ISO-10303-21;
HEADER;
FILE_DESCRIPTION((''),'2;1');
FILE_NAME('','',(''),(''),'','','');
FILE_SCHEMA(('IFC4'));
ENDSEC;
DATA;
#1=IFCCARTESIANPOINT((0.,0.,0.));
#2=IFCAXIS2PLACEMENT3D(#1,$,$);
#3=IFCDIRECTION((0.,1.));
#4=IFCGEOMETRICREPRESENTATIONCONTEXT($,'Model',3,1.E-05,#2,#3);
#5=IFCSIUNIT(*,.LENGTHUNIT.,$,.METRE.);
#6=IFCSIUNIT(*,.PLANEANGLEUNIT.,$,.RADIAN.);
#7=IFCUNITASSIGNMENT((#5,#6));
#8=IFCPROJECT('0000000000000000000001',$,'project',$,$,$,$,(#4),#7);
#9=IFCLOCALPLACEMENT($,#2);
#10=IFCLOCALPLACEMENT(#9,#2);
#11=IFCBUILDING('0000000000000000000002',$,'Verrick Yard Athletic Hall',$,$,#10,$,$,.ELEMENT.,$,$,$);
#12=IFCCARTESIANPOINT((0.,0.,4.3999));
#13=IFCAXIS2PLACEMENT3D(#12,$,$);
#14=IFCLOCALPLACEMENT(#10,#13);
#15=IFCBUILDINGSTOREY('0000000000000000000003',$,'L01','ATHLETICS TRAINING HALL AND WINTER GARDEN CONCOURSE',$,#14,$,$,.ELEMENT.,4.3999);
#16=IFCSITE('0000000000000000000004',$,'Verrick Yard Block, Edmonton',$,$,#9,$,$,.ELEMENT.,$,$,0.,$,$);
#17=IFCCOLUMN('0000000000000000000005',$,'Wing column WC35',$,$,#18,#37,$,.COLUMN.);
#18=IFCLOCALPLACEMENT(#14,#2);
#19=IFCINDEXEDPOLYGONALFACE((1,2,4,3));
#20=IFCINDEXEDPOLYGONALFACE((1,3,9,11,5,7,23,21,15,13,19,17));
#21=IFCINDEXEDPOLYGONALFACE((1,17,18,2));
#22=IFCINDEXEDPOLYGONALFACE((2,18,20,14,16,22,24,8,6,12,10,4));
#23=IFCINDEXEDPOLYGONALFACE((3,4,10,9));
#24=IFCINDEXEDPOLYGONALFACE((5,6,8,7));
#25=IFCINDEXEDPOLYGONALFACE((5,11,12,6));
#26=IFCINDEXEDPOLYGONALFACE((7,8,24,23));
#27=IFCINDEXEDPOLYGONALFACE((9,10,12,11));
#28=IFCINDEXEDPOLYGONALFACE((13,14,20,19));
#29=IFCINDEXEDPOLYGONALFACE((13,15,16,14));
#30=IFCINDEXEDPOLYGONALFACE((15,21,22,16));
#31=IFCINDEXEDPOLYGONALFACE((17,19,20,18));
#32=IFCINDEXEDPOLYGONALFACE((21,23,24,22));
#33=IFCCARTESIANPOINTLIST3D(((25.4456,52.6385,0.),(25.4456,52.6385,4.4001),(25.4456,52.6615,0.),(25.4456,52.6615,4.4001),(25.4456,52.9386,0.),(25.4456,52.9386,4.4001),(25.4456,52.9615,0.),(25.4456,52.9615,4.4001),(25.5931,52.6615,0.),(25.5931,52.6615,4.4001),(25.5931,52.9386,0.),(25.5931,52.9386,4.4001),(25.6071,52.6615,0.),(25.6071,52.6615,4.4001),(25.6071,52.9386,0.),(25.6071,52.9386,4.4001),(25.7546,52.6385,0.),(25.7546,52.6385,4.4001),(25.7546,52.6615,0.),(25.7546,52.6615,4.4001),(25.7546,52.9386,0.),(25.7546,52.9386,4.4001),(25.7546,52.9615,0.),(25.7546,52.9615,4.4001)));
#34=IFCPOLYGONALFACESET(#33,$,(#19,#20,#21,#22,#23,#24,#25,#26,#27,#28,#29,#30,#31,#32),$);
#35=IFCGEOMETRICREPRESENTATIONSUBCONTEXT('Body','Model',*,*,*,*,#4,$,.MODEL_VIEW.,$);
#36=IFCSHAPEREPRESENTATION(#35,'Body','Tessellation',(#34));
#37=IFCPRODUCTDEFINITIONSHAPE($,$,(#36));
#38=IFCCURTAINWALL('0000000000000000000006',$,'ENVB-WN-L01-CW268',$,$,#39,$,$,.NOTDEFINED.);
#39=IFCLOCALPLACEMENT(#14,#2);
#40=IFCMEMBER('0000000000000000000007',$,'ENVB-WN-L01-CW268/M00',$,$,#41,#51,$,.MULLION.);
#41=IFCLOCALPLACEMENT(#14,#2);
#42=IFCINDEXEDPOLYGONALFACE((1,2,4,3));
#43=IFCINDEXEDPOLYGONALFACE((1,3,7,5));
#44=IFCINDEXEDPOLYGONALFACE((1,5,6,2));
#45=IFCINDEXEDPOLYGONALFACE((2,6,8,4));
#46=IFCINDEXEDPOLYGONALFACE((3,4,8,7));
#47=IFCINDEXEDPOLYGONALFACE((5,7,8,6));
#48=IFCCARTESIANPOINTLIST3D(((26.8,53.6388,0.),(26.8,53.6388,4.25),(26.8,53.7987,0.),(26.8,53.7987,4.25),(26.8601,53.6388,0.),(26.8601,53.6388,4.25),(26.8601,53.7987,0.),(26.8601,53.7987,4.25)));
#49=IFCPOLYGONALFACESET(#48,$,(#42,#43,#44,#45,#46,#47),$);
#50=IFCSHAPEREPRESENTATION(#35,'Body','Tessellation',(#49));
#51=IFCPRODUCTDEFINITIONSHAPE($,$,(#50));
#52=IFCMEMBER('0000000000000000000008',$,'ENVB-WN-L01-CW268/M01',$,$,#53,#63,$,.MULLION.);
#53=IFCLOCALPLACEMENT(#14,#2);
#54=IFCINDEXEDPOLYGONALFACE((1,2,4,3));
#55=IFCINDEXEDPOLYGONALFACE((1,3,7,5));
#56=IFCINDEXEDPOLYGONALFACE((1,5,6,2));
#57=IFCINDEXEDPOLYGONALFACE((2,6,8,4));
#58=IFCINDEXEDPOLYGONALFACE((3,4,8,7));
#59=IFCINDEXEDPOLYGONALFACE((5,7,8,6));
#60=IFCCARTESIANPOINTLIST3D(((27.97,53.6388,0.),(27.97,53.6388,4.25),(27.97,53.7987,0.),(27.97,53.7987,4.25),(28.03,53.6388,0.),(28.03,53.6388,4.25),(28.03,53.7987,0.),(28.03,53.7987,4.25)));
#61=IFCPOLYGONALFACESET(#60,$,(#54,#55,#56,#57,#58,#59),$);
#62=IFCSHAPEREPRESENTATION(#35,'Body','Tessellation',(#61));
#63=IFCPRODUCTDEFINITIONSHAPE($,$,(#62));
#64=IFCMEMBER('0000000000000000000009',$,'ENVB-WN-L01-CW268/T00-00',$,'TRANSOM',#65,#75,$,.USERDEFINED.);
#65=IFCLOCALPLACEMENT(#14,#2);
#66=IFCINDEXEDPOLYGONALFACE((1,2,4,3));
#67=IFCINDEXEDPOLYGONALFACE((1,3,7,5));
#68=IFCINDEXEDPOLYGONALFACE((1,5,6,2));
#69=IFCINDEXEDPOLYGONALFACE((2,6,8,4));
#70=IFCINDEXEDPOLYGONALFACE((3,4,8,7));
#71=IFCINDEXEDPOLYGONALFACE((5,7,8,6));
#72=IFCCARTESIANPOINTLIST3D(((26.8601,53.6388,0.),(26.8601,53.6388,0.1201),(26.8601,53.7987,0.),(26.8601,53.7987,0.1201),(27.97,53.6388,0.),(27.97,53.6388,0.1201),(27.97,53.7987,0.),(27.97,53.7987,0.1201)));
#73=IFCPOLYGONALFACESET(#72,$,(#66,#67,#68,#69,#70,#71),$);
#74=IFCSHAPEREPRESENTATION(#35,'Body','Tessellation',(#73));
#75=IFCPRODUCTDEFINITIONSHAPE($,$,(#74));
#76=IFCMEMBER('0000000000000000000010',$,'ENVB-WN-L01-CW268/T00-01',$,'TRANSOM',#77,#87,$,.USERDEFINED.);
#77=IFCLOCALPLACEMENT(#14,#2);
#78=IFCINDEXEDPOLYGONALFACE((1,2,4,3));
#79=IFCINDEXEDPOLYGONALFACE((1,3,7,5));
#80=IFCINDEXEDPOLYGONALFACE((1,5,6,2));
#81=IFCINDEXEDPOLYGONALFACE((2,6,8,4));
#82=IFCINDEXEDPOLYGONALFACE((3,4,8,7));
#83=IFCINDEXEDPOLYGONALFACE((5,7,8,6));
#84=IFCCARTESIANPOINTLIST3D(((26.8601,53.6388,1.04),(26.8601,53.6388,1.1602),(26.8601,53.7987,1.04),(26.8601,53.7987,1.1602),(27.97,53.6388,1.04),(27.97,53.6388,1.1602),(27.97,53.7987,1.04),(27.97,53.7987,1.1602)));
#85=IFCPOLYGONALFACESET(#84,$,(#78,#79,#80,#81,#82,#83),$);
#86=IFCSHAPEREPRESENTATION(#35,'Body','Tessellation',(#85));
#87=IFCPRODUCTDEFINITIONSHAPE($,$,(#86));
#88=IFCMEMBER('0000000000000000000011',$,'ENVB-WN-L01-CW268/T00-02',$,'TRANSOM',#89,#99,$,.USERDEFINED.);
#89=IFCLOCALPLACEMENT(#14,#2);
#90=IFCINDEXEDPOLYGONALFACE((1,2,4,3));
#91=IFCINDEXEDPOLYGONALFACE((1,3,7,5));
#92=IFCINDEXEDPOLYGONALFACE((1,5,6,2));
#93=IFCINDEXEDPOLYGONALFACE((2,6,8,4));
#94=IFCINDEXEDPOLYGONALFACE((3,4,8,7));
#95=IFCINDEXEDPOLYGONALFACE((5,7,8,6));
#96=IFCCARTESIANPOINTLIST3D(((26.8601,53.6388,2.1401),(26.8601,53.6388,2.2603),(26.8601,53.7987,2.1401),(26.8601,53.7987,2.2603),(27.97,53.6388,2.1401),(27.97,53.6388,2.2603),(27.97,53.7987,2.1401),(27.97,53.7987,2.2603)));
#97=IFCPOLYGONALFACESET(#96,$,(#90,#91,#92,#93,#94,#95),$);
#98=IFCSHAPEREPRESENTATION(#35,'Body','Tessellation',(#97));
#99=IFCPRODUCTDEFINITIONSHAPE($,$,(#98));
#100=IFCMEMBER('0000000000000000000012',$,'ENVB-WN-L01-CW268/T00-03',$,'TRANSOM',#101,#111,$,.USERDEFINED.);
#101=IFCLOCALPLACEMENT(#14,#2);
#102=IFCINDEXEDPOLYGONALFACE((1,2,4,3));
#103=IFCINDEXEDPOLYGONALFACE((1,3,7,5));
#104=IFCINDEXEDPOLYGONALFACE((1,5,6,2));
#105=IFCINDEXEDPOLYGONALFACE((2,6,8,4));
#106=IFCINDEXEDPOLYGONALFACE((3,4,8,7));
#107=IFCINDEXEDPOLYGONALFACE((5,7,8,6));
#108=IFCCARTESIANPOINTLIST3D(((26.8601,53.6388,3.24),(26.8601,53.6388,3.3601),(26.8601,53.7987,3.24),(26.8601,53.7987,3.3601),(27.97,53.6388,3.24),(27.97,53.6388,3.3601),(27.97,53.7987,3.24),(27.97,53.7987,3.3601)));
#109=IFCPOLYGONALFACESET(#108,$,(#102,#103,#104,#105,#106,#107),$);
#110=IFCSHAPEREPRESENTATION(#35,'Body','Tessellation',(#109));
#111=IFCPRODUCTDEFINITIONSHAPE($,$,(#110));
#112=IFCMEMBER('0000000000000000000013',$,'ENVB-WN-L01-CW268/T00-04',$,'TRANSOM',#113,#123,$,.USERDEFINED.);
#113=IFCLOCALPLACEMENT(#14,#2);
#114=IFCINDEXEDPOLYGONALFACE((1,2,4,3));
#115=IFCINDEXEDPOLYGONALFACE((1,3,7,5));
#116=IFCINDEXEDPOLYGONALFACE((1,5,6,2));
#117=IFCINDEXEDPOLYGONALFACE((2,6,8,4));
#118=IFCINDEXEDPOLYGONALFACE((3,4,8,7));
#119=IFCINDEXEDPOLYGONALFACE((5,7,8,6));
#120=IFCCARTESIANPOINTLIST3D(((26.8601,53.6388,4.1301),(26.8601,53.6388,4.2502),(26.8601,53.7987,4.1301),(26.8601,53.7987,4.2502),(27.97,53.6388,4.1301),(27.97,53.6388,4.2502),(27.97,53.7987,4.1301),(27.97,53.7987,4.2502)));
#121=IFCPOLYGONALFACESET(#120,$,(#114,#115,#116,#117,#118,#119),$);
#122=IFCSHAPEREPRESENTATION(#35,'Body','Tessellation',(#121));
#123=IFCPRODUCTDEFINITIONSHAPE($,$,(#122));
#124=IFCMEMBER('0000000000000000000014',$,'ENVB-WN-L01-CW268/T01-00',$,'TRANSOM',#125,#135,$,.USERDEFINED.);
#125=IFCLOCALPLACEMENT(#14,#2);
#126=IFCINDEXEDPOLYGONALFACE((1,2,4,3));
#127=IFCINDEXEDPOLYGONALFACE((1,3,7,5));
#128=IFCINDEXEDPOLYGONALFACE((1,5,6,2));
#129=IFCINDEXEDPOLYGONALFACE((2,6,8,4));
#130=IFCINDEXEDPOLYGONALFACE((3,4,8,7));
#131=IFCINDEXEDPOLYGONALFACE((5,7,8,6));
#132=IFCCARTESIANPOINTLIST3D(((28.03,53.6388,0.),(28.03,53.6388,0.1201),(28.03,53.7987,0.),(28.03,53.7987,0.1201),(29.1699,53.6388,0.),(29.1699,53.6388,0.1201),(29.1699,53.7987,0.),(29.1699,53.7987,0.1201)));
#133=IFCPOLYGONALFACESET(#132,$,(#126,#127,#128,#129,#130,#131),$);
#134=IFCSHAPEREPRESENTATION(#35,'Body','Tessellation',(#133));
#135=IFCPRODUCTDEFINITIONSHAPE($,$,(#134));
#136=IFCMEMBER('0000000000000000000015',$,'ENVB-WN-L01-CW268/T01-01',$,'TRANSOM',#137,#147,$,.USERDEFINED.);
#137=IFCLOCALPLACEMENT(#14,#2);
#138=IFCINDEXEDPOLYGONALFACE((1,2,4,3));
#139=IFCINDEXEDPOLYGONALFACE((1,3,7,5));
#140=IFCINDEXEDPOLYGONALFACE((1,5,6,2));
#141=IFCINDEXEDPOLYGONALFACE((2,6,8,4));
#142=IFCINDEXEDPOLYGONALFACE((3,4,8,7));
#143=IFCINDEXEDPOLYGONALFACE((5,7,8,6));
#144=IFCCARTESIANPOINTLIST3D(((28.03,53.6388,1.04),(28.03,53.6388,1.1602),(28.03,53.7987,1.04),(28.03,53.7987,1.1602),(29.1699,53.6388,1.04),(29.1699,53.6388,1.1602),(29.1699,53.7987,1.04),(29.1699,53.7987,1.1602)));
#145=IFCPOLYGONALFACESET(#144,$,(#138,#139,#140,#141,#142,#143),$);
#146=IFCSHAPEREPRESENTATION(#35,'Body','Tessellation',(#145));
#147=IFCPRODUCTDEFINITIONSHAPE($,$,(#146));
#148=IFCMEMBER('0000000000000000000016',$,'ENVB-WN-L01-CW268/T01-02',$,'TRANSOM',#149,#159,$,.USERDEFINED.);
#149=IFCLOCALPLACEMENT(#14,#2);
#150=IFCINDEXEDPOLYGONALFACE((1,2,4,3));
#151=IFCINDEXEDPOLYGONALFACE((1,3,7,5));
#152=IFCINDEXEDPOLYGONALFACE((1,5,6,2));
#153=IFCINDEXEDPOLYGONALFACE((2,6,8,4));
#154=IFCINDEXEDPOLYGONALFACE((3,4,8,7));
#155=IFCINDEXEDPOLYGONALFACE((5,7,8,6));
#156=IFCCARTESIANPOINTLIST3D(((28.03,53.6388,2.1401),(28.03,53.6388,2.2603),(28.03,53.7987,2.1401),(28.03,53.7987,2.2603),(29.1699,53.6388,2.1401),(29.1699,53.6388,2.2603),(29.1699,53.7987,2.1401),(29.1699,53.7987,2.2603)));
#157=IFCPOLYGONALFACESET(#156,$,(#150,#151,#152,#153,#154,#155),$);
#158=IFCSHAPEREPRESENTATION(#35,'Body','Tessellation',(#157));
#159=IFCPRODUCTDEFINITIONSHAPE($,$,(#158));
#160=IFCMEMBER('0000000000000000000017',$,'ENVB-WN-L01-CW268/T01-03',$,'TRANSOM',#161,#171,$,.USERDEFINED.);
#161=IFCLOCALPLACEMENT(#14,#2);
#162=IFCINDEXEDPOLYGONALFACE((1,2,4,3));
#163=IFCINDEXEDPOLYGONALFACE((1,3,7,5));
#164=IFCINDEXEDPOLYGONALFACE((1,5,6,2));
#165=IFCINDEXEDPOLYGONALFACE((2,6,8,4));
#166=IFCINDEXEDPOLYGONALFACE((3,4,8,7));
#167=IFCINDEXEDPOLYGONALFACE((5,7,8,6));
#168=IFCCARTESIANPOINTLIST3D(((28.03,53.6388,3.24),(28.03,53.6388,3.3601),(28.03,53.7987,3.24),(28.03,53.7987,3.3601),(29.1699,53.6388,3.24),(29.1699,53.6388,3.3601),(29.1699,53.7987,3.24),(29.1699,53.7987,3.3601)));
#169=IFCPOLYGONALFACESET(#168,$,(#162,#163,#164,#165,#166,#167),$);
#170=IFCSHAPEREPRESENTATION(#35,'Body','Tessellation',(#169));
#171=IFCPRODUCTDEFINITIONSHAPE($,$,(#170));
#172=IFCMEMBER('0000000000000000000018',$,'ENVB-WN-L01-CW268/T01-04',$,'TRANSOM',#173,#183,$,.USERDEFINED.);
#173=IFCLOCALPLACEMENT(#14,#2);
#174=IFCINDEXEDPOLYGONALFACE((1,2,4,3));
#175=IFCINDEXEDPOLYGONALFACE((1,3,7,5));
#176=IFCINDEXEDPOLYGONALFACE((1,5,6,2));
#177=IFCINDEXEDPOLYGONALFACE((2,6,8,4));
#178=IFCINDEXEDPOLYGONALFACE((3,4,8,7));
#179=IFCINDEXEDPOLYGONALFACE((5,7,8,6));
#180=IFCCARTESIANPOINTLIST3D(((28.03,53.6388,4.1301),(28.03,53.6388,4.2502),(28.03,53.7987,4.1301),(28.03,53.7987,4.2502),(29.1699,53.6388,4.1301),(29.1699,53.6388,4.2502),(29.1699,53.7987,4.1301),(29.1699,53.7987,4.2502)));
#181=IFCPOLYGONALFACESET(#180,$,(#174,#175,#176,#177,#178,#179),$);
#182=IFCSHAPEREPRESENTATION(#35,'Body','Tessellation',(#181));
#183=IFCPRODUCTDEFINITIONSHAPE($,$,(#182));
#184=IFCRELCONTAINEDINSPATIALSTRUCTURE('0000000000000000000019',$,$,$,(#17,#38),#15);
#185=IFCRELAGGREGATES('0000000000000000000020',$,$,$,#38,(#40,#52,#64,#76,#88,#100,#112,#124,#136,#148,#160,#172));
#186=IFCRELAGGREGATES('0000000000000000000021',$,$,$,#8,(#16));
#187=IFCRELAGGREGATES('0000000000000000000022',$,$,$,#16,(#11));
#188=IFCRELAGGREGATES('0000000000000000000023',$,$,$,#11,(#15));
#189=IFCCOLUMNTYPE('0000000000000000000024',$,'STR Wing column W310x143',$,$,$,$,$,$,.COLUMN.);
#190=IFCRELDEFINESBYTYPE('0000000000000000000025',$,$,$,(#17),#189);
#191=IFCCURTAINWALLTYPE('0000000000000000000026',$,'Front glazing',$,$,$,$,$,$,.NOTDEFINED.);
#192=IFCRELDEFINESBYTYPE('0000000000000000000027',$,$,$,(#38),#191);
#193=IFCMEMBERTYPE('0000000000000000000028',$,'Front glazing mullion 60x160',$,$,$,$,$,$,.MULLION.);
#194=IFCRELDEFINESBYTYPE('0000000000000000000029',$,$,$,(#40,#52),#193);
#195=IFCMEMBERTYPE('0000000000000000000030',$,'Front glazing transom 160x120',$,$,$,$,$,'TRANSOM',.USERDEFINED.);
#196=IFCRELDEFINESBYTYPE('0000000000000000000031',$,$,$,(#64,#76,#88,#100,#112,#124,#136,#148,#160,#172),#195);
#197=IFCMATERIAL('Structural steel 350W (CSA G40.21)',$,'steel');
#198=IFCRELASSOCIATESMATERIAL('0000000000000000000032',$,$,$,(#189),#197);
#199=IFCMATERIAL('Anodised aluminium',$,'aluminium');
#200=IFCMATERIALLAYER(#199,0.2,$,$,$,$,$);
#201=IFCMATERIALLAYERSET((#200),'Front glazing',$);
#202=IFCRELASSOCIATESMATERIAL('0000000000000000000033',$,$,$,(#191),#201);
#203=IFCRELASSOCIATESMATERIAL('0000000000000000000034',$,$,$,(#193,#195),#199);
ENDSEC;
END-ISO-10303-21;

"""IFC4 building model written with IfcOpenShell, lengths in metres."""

from ifc_helpers import new_model, si_unit, direction, frame, origin, origin_2d, place, context, subcontext, project, spatial, rectangle, i_section, extrude, material, layer, layer_set, material_profile, profile_set, type_object, element, aggregate, save


model = new_model("IFC4")

# Units and contexts
model_context = context("Model", 3, precision=1e-05, world=origin(), true_north=direction((0.0, 1.0)))
body_context = subcontext(model_context, "Body", "Model", "MODEL_VIEW")
ifc_project = project(units=[si_unit("LENGTHUNIT", "METRE"), si_unit("PLANEANGLEUNIT", "RADIAN")], contexts=[model_context])

# Site, building, storey
site_placement = place(None, origin())
site = spatial("IfcSite", under=ifc_project, at=site_placement, Name="Verrick Yard Block, Edmonton", CompositionType="ELEMENT", RefElevation=0.0)
building_placement = place(site_placement, origin())
building = spatial("IfcBuilding", under=site, at=building_placement, Name="Verrick Yard Athletic Hall", CompositionType="ELEMENT")
storey_placement = place(building_placement, frame((0.0, 0.0, 4.3999)))
storey = spatial("IfcBuildingStorey", under=building, at=storey_placement, Name="L01", Description="ATHLETICS TRAINING HALL AND WINTER GARDEN CONCOURSE", CompositionType="ELEMENT", Elevation=4.3999)

# Column
ifc_material_1 = material(Name="Structural steel 350W (CSA G40.21)", Category="steel")
ifc_material_profile_1 = material_profile(ifc_material_1, i_section(OverallWidth=0.3091, OverallDepth=0.323, WebThickness=0.0139, FlangeThickness=0.0229, at=origin_2d()), Name="W310x143")
ifc_profile_set_1 = profile_set([ifc_material_profile_1], Name="Structural steel 350W (CSA G40.21)")
column_type = type_object("IfcColumnType", Name="STR Wing column W310x143", PredefinedType="COLUMN", material=ifc_profile_set_1)
column_placement = place(storey_placement, frame((25.6001, 52.8, 0.0), z_axis=(0.0, 0.0, 1.0), x_axis=(1.0, 0.0, 0.0)))
element("IfcColumn", 1, at=column_placement, inside=storey, type_object=column_type, Name="Wing column WC35", PredefinedType="COLUMN", context=body_context, shape_type="SweptSolid", body=[
    extrude(i_section(OverallWidth=0.3091, OverallDepth=0.323, WebThickness=0.0139, FlangeThickness=0.0229, at=origin_2d()), origin(), (0.0, 0.0, 1.0), 4.4001),
])

# Curtain wall, members
ifc_material_2 = material(Name="Anodised aluminium", Category="aluminium")
ifc_layer_1 = layer(ifc_material_2, 0.2)
ifc_layer_set_1 = layer_set([ifc_layer_1], Name="Front glazing")
curtain_wall_type = type_object("IfcCurtainWallType", Name="Front glazing", PredefinedType="NOTDEFINED", material=ifc_layer_set_1)
curtain_wall_placement = place(storey_placement, origin())
curtain_wall = element("IfcCurtainWall", 2, at=curtain_wall_placement, inside=storey, type_object=curtain_wall_type, Name="ENVB-WN-L01-CW268", PredefinedType="NOTDEFINED")
ifc_material_profile_2 = material_profile(ifc_material_2, rectangle(XDim=0.1599, YDim=0.0601, at=origin_2d()), Name="CW mullion 60x160")
ifc_profile_set_2 = profile_set([ifc_material_profile_2], Name="Anodised aluminium")
member_type_1 = type_object("IfcMemberType", Name="Front glazing mullion 60x160", PredefinedType="MULLION", material=ifc_profile_set_2)
member_1_placement = place(storey_placement, frame((26.8301, 53.7188, 0.0), z_axis=(0.0, 0.0, 1.0), x_axis=(0.0, 1.0, 0.0)))
member_1 = element("IfcMember", 3, at=member_1_placement, type_object=member_type_1, Name="ENVB-WN-L01-CW268/M00", PredefinedType="MULLION", context=body_context, shape_type="SweptSolid", body=[
    extrude(rectangle(XDim=0.1599, YDim=0.0601, at=origin_2d()), origin(), (0.0, 0.0, 1.0), 4.25),
])
member_2_placement = place(storey_placement, frame((28.0, 53.7188, 0.0), z_axis=(0.0, 0.0, 1.0), x_axis=(0.0, 1.0, 0.0)))
member_2 = element("IfcMember", 4, at=member_2_placement, type_object=member_type_1, Name="ENVB-WN-L01-CW268/M01", PredefinedType="MULLION", context=body_context, shape_type="SweptSolid", body=[
    extrude(rectangle(XDim=0.1599, YDim=0.0601, at=origin_2d()), origin(), (0.0, 0.0, 1.0), 4.25),
])
ifc_material_profile_3 = material_profile(ifc_material_2, rectangle(XDim=0.1599, YDim=0.1201, at=origin_2d()), Name="CW transom 160x120")
ifc_profile_set_3 = profile_set([ifc_material_profile_3], Name="Anodised aluminium")
member_type_2 = type_object("IfcMemberType", Name="Front glazing transom 160x120", ElementType="TRANSOM", PredefinedType="USERDEFINED", material=ifc_profile_set_3)
member_3_placement = place(storey_placement, frame((26.8601, 53.7188, 0.0601), z_axis=(1.0, 0.0, 0.0), x_axis=(0.0, 1.0, 0.0)))
member_3 = element("IfcMember", 5, at=member_3_placement, type_object=member_type_2, Name="ENVB-WN-L01-CW268/T00-00", ObjectType="TRANSOM", PredefinedType="USERDEFINED", context=body_context, shape_type="SweptSolid", body=[
    extrude(rectangle(XDim=0.1599, YDim=0.1201, at=origin_2d()), origin(), (0.0, 0.0, 1.0), 1.1099),
])
member_4_placement = place(storey_placement, frame((26.8601, 53.7188, 1.1001), z_axis=(1.0, 0.0, 0.0), x_axis=(0.0, 1.0, 0.0)))
member_4 = element("IfcMember", 6, at=member_4_placement, type_object=member_type_2, Name="ENVB-WN-L01-CW268/T00-01", ObjectType="TRANSOM", PredefinedType="USERDEFINED", context=body_context, shape_type="SweptSolid", body=[
    extrude(rectangle(XDim=0.1599, YDim=0.1201, at=origin_2d()), origin(), (0.0, 0.0, 1.0), 1.1099),
])
member_5_placement = place(storey_placement, frame((26.8601, 53.7188, 2.2002), z_axis=(1.0, 0.0, 0.0), x_axis=(0.0, 1.0, 0.0)))
member_5 = element("IfcMember", 7, at=member_5_placement, type_object=member_type_2, Name="ENVB-WN-L01-CW268/T00-02", ObjectType="TRANSOM", PredefinedType="USERDEFINED", context=body_context, shape_type="SweptSolid", body=[
    extrude(rectangle(XDim=0.1599, YDim=0.1201, at=origin_2d()), origin(), (0.0, 0.0, 1.0), 1.1099),
])
member_6_placement = place(storey_placement, frame((26.8601, 53.7188, 3.3), z_axis=(1.0, 0.0, 0.0), x_axis=(0.0, 1.0, 0.0)))
member_6 = element("IfcMember", 8, at=member_6_placement, type_object=member_type_2, Name="ENVB-WN-L01-CW268/T00-03", ObjectType="TRANSOM", PredefinedType="USERDEFINED", context=body_context, shape_type="SweptSolid", body=[
    extrude(rectangle(XDim=0.1599, YDim=0.1201, at=origin_2d()), origin(), (0.0, 0.0, 1.0), 1.1099),
])
member_7_placement = place(storey_placement, frame((26.8601, 53.7188, 4.1902), z_axis=(1.0, 0.0, 0.0), x_axis=(0.0, 1.0, 0.0)))
member_7 = element("IfcMember", 9, at=member_7_placement, type_object=member_type_2, Name="ENVB-WN-L01-CW268/T00-04", ObjectType="TRANSOM", PredefinedType="USERDEFINED", context=body_context, shape_type="SweptSolid", body=[
    extrude(rectangle(XDim=0.1599, YDim=0.1201, at=origin_2d()), origin(), (0.0, 0.0, 1.0), 1.1099),
])
member_8_placement = place(storey_placement, frame((28.03, 53.7188, 0.0601), z_axis=(1.0, 0.0, 0.0), x_axis=(0.0, 1.0, 0.0)))
member_8 = element("IfcMember", 10, at=member_8_placement, type_object=member_type_2, Name="ENVB-WN-L01-CW268/T01-00", ObjectType="TRANSOM", PredefinedType="USERDEFINED", context=body_context, shape_type="SweptSolid", body=[
    extrude(rectangle(XDim=0.1599, YDim=0.1201, at=origin_2d()), origin(), (0.0, 0.0, 1.0), 1.1399),
])
member_9_placement = place(storey_placement, frame((28.03, 53.7188, 1.1001), z_axis=(1.0, 0.0, 0.0), x_axis=(0.0, 1.0, 0.0)))
member_9 = element("IfcMember", 11, at=member_9_placement, type_object=member_type_2, Name="ENVB-WN-L01-CW268/T01-01", ObjectType="TRANSOM", PredefinedType="USERDEFINED", context=body_context, shape_type="SweptSolid", body=[
    extrude(rectangle(XDim=0.1599, YDim=0.1201, at=origin_2d()), origin(), (0.0, 0.0, 1.0), 1.1399),
])
member_10_placement = place(storey_placement, frame((28.03, 53.7188, 2.2002), z_axis=(1.0, 0.0, 0.0), x_axis=(0.0, 1.0, 0.0)))
member_10 = element("IfcMember", 12, at=member_10_placement, type_object=member_type_2, Name="ENVB-WN-L01-CW268/T01-02", ObjectType="TRANSOM", PredefinedType="USERDEFINED", context=body_context, shape_type="SweptSolid", body=[
    extrude(rectangle(XDim=0.1599, YDim=0.1201, at=origin_2d()), origin(), (0.0, 0.0, 1.0), 1.1399),
])
member_11_placement = place(storey_placement, frame((28.03, 53.7188, 3.3), z_axis=(1.0, 0.0, 0.0), x_axis=(0.0, 1.0, 0.0)))
member_11 = element("IfcMember", 13, at=member_11_placement, type_object=member_type_2, Name="ENVB-WN-L01-CW268/T01-03", ObjectType="TRANSOM", PredefinedType="USERDEFINED", context=body_context, shape_type="SweptSolid", body=[
    extrude(rectangle(XDim=0.1599, YDim=0.1201, at=origin_2d()), origin(), (0.0, 0.0, 1.0), 1.1399),
])
member_12_placement = place(storey_placement, frame((28.03, 53.7188, 4.1902), z_axis=(1.0, 0.0, 0.0), x_axis=(0.0, 1.0, 0.0)))
member_12 = element("IfcMember", 14, at=member_12_placement, type_object=member_type_2, Name="ENVB-WN-L01-CW268/T01-04", ObjectType="TRANSOM", PredefinedType="USERDEFINED", context=body_context, shape_type="SweptSolid", body=[
    extrude(rectangle(XDim=0.1599, YDim=0.1201, at=origin_2d()), origin(), (0.0, 0.0, 1.0), 1.1399),
])

aggregate(curtain_wall, [member_1, member_2, member_3, member_4, member_5, member_6, member_7, member_8, member_9, member_10, member_11, member_12])

save(model, "model.ifc")
